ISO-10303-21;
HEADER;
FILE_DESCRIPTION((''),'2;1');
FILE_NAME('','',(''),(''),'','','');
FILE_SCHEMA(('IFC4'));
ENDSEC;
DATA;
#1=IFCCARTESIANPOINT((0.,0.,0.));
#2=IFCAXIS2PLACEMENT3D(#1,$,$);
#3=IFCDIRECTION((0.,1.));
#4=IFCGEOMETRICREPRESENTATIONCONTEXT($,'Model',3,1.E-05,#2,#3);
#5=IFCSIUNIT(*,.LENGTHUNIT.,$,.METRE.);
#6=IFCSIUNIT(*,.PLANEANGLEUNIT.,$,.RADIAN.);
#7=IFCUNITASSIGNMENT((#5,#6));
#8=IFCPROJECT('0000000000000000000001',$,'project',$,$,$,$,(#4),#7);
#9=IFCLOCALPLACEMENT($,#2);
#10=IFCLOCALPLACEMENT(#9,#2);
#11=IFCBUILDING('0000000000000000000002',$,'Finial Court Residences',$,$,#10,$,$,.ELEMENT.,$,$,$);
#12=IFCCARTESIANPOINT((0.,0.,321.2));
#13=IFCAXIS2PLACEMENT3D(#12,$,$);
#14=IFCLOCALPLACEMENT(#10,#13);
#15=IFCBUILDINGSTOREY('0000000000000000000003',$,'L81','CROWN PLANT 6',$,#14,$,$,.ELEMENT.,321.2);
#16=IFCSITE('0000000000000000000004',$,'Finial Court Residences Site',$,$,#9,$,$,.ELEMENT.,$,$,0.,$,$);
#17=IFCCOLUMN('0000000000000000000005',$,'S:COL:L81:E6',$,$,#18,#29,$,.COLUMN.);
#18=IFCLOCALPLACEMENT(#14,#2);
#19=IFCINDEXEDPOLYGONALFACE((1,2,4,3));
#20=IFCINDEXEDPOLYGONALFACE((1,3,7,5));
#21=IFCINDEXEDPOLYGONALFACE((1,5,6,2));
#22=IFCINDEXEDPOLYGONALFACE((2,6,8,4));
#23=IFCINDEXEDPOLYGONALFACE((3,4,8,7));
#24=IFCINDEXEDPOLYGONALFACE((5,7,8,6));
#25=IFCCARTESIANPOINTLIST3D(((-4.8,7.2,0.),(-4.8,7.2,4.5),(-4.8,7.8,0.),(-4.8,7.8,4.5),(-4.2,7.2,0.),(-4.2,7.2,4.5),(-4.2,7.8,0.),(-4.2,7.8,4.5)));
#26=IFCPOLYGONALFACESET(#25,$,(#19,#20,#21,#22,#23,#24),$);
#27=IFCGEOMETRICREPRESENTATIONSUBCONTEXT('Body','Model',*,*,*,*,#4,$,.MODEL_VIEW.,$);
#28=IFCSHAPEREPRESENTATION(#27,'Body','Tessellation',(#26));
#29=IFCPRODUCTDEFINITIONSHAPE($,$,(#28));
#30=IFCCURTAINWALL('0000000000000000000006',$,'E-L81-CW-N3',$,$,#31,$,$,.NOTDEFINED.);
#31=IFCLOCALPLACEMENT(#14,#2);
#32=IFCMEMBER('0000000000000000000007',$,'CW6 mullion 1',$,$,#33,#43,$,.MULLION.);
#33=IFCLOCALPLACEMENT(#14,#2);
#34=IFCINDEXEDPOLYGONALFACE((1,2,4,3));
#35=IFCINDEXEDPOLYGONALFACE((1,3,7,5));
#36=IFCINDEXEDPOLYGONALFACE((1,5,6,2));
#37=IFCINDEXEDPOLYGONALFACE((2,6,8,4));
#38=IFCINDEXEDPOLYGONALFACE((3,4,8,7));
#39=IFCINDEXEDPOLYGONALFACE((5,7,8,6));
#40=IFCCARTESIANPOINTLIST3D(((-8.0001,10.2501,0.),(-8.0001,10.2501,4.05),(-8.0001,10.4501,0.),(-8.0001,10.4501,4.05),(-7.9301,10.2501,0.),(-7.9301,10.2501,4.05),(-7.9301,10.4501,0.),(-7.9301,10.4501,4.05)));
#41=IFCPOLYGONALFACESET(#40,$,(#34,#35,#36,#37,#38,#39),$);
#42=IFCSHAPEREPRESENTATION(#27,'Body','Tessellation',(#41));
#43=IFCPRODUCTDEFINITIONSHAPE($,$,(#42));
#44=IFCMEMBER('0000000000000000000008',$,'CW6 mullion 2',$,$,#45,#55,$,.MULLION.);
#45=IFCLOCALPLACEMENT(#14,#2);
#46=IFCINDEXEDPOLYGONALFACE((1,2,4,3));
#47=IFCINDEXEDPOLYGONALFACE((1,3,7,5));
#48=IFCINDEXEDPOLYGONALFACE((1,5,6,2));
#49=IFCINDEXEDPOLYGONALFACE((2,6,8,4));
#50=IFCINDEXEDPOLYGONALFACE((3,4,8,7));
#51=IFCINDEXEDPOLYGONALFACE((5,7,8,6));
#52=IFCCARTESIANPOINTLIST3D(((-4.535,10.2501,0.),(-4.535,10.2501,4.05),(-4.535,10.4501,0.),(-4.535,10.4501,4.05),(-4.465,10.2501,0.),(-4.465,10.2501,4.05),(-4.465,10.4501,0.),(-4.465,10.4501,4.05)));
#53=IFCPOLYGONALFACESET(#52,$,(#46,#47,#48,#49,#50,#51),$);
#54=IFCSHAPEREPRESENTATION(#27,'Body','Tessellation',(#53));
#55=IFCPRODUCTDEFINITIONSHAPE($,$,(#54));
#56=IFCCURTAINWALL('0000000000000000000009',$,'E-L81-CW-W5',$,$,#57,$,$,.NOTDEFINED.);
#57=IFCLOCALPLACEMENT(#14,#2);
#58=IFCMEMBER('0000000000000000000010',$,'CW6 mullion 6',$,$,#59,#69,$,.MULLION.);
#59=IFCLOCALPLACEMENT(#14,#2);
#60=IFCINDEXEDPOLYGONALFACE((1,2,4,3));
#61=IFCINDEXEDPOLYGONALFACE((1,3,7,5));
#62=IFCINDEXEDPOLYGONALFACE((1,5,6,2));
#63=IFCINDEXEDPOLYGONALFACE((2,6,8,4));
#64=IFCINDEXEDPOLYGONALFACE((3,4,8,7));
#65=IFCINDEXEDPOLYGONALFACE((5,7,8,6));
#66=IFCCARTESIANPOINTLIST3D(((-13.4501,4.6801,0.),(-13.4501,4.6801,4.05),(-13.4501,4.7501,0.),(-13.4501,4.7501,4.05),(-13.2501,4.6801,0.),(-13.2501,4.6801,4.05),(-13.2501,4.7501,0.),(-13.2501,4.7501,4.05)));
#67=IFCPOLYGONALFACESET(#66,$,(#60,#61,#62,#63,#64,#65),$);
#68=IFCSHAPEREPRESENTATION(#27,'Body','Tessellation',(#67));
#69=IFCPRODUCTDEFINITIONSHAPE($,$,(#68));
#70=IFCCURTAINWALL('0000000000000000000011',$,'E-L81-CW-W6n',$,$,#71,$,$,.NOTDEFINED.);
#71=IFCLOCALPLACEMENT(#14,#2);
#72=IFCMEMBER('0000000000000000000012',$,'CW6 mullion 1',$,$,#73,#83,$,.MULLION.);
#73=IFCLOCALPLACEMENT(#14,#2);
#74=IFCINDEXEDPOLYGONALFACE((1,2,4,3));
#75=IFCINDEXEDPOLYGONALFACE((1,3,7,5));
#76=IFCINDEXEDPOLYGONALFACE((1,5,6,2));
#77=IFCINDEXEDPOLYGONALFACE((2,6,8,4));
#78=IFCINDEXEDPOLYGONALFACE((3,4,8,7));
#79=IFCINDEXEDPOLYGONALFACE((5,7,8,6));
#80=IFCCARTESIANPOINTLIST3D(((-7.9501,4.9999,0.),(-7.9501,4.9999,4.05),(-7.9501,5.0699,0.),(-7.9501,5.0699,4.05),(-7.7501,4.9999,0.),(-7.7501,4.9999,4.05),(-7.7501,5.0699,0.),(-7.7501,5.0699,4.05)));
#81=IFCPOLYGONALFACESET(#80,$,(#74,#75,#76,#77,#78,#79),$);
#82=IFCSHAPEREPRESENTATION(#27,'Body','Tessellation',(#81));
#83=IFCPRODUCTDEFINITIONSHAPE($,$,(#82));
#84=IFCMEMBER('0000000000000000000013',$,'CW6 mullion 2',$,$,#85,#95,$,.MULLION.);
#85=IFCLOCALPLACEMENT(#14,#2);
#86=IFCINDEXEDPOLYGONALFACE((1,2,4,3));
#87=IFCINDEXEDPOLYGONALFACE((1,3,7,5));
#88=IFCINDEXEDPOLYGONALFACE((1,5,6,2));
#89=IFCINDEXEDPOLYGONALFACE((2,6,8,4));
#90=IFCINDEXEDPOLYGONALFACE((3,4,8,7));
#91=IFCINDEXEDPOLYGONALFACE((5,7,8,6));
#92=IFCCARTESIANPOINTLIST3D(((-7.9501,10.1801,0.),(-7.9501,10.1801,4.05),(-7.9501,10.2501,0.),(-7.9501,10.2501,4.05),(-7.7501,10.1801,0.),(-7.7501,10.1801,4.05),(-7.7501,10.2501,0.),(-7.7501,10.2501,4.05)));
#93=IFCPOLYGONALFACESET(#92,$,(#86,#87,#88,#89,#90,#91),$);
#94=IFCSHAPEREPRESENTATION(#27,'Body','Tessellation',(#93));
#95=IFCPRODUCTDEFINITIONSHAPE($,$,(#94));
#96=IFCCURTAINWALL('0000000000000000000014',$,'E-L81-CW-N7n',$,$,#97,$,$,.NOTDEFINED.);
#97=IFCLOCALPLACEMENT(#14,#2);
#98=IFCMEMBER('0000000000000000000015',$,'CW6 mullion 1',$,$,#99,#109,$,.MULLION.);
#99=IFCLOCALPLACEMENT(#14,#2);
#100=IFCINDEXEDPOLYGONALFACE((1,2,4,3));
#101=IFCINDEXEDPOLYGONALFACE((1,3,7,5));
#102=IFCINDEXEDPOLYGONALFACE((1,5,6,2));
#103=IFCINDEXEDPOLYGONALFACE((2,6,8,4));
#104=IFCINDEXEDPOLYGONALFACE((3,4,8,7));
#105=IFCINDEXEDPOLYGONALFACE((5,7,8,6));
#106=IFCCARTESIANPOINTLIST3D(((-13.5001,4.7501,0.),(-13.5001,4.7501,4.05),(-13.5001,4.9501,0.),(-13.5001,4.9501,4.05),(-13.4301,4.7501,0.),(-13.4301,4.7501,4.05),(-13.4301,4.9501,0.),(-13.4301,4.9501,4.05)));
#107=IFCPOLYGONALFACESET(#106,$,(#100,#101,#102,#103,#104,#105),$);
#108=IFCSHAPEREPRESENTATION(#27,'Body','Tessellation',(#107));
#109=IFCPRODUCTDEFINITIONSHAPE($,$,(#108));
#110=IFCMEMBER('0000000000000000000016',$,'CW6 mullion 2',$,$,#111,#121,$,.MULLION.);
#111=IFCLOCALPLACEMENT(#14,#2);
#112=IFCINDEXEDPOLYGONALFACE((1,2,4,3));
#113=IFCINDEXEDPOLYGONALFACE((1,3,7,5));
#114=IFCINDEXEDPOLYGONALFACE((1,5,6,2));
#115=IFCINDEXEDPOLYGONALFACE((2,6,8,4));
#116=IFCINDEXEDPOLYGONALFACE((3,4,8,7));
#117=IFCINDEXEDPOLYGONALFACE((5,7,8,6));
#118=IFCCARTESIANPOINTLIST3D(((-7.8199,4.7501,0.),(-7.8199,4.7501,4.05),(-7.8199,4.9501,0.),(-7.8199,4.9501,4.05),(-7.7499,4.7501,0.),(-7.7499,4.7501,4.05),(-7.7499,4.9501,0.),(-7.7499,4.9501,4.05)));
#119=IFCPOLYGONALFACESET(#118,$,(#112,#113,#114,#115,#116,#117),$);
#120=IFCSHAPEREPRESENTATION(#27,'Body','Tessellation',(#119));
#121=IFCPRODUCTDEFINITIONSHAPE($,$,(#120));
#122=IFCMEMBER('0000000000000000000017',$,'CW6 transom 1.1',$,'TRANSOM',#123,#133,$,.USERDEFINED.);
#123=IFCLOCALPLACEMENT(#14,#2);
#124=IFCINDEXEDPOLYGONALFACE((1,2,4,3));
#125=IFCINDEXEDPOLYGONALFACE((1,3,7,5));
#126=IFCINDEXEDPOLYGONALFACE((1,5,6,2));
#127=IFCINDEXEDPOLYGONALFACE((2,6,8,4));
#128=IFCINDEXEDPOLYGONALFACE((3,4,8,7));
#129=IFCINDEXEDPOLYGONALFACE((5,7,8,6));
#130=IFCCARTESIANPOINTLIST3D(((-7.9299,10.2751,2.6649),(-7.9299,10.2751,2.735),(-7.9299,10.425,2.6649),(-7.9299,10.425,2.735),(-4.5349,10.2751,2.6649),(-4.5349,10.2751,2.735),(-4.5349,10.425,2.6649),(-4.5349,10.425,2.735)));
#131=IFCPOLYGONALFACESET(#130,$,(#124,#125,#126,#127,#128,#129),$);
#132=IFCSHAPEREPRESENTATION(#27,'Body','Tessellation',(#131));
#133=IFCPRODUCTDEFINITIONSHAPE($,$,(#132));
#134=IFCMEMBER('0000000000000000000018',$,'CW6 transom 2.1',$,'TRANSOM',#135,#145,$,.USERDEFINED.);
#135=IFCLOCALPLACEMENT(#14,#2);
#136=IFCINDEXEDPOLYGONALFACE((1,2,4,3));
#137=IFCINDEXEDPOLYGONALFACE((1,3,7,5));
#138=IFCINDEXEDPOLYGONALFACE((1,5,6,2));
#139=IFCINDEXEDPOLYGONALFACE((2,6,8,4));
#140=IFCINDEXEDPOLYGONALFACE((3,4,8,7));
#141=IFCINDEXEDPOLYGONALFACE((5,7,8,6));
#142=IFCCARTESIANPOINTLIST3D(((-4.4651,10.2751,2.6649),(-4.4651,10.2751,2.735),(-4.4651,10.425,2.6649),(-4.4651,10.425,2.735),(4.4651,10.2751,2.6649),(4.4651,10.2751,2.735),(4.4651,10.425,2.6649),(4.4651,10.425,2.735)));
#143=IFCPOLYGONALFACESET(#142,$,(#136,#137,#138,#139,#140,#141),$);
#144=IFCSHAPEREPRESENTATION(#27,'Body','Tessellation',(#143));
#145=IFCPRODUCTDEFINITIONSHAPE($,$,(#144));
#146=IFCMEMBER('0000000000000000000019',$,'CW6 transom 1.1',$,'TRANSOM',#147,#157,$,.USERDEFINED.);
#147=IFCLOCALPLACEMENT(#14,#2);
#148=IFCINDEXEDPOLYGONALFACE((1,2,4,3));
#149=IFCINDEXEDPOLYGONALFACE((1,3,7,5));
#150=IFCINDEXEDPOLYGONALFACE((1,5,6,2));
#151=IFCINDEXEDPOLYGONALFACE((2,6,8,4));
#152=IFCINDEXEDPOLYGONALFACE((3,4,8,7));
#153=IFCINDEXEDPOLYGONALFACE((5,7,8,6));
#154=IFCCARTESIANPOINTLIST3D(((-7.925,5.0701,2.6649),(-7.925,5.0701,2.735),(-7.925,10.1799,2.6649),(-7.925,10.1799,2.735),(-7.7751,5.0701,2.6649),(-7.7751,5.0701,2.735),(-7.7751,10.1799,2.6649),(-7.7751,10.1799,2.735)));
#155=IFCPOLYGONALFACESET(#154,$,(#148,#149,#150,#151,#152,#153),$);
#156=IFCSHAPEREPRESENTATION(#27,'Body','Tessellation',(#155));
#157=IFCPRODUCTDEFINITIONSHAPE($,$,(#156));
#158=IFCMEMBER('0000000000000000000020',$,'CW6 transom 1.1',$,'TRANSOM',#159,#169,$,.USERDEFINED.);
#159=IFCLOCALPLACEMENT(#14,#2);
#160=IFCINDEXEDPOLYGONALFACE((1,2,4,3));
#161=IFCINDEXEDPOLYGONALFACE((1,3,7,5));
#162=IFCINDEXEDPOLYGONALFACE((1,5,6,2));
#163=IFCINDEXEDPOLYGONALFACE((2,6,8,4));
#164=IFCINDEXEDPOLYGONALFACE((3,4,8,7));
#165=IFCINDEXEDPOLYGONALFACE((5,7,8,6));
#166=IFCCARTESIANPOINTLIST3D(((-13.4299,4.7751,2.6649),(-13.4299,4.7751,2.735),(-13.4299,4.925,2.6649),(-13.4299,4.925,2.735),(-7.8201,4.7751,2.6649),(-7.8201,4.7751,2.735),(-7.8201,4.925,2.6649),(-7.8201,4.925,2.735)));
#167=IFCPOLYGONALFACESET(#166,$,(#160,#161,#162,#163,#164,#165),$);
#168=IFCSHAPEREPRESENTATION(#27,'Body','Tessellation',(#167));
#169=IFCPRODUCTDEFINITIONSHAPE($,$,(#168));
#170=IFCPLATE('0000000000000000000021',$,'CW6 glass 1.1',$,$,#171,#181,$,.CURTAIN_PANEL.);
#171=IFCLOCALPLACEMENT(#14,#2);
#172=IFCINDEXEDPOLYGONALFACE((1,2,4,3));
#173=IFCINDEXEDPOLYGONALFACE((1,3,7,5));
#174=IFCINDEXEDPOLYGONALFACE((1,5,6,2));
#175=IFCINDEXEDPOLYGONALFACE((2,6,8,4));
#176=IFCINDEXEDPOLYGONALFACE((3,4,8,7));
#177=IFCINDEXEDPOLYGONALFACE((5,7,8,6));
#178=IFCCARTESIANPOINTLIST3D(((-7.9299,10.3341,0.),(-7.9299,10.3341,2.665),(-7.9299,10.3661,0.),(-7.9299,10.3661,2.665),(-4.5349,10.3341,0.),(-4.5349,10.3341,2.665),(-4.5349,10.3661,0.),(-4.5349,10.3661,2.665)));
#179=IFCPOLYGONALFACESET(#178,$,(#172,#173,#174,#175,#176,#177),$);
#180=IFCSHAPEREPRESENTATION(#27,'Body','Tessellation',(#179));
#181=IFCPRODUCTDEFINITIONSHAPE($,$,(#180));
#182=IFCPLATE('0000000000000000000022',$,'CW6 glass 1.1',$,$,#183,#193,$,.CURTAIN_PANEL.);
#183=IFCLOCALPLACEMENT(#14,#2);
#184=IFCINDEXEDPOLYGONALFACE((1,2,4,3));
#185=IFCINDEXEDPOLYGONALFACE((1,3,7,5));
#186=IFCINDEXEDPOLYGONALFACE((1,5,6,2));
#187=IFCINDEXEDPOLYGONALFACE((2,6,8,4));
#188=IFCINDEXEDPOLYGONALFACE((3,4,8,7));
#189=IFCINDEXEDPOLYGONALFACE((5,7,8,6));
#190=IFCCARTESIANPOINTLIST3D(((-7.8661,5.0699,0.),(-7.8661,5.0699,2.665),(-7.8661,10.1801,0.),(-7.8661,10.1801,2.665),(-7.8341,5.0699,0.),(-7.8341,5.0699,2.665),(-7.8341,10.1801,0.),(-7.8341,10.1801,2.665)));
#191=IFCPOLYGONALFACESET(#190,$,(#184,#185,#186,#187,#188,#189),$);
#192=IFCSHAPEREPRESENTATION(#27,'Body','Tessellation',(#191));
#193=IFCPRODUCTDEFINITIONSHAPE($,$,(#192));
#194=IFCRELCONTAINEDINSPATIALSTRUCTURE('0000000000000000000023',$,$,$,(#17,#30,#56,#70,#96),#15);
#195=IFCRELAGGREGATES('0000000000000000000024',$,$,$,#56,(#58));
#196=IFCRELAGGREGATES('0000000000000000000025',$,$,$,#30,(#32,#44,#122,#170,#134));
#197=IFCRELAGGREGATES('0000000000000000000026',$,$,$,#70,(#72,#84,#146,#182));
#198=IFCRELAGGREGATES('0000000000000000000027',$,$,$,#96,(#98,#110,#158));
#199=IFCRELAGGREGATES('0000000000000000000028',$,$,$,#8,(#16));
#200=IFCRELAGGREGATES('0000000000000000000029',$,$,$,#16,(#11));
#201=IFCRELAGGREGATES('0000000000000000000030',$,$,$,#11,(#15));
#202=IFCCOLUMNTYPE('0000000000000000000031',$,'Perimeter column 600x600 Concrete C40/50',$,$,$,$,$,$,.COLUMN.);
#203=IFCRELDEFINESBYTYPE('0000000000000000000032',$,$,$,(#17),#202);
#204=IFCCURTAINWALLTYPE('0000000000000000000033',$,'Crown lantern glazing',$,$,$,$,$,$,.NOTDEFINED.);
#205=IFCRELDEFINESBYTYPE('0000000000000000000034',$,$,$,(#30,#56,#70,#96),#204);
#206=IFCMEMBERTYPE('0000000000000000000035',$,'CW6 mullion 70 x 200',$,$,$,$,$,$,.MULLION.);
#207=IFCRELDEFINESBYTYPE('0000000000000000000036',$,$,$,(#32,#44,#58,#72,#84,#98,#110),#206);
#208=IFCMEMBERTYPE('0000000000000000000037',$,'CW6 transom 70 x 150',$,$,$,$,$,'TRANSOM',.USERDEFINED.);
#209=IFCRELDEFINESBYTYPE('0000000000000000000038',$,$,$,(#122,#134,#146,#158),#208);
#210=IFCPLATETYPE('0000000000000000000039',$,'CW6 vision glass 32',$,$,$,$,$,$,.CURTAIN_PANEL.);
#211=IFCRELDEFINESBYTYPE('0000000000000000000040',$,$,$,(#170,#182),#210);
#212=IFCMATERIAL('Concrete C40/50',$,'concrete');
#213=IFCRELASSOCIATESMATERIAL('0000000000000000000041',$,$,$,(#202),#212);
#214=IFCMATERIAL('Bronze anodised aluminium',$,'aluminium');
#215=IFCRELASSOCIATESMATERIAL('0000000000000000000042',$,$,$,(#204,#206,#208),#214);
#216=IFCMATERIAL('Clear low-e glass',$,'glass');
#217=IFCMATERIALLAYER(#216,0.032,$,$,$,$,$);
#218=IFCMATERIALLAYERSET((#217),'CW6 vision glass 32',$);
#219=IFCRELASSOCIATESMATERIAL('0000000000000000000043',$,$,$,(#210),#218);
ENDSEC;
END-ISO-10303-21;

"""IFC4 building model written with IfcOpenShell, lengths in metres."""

from ifc_helpers import new_model, si_unit, direction, frame, origin, origin_2d, place, context, subcontext, project, spatial, rectangle, extrude, material, layer, layer_set, material_profile, profile_set, type_object, element, aggregate, save


model = new_model("IFC4")

# Units and contexts
model_context = context("Model", 3, precision=1e-05, world=origin(), true_north=direction((0.0, 1.0)))
body_context = subcontext(model_context, "Body", "Model", "MODEL_VIEW")
ifc_project = project(units=[si_unit("LENGTHUNIT", "METRE"), si_unit("PLANEANGLEUNIT", "RADIAN")], contexts=[model_context])

# Site, building, storey
site_placement = place(None, origin())
site = spatial("IfcSite", under=ifc_project, at=site_placement, Name="Finial Court Residences Site", CompositionType="ELEMENT", RefElevation=0.0)
building_placement = place(site_placement, origin())
building = spatial("IfcBuilding", under=site, at=building_placement, Name="Finial Court Residences", CompositionType="ELEMENT")
storey_placement = place(building_placement, frame((0.0, 0.0, 321.2)))
storey = spatial("IfcBuildingStorey", under=building, at=storey_placement, Name="L81", Description="CROWN PLANT 6", CompositionType="ELEMENT", Elevation=321.2)

# Column
ifc_material_1 = material(Name="Concrete C40/50", Category="concrete")
ifc_material_profile_1 = material_profile(ifc_material_1, rectangle(XDim=0.6001, YDim=0.6001, at=origin_2d()), Name="600x600")
ifc_profile_set_1 = profile_set([ifc_material_profile_1], Name="Concrete C40/50")
column_type = type_object("IfcColumnType", Name="Perimeter column 600x600 Concrete C40/50", PredefinedType="COLUMN", material=ifc_profile_set_1)
column_placement = place(storey_placement, frame((-4.5, 7.5, 0.0), z_axis=(0.0, 0.0, 1.0), x_axis=(1.0, 0.0, 0.0)))
element("IfcColumn", 1, at=column_placement, inside=storey, type_object=column_type, Name="S:COL:L81:E6", PredefinedType="COLUMN", context=body_context, shape_type="SweptSolid", body=[
    extrude(rectangle(XDim=0.6001, YDim=0.6001, at=origin_2d()), origin(), (0.0, 0.0, 1.0), 4.5),
])

# Curtain wall, members
ifc_material_2 = material(Name="Bronze anodised aluminium", Category="aluminium")
curtain_wall_type = type_object("IfcCurtainWallType", Name="Crown lantern glazing", PredefinedType="NOTDEFINED", material=ifc_material_2)
curtain_wall_1_placement = place(storey_placement, origin())
curtain_wall_1 = element("IfcCurtainWall", 2, at=curtain_wall_1_placement, inside=storey, type_object=curtain_wall_type, Name="E-L81-CW-N3", PredefinedType="NOTDEFINED")
ifc_material_profile_2 = material_profile(ifc_material_2, rectangle(XDim=0.2, YDim=0.0701, at=origin_2d()), Name="CW6 mullion 70 x 200")
ifc_profile_set_2 = profile_set([ifc_material_profile_2], Name="Bronze anodised aluminium")
member_type_1 = type_object("IfcMemberType", Name="CW6 mullion 70 x 200", PredefinedType="MULLION", material=ifc_profile_set_2)
member_1_placement = place(storey_placement, frame((-7.9651, 10.3501, 0.0), z_axis=(0.0, 0.0, 1.0), x_axis=(0.0, 1.0, 0.0)))
member_1 = element("IfcMember", 3, at=member_1_placement, type_object=member_type_1, Name="CW6 mullion 1", PredefinedType="MULLION", context=body_context, shape_type="SweptSolid", body=[
    extrude(rectangle(XDim=0.2, YDim=0.0701, at=origin_2d()), origin(), (0.0, 0.0, 1.0), 4.05),
])
member_2_placement = place(storey_placement, frame((-4.5, 10.3501, 0.0), z_axis=(0.0, 0.0, 1.0), x_axis=(0.0, 1.0, 0.0)))
member_2 = element("IfcMember", 4, at=member_2_placement, type_object=member_type_1, Name="CW6 mullion 2", PredefinedType="MULLION", context=body_context, shape_type="SweptSolid", body=[
    extrude(rectangle(XDim=0.2, YDim=0.0701, at=origin_2d()), origin(), (0.0, 0.0, 1.0), 4.05),
])

# Curtain wall, member
curtain_wall_2_placement = place(storey_placement, origin())
curtain_wall_2 = element("IfcCurtainWall", 5, at=curtain_wall_2_placement, inside=storey, type_object=curtain_wall_type, Name="E-L81-CW-W5", PredefinedType="NOTDEFINED")
member_3_placement = place(storey_placement, frame((-13.3501, 4.7151, 0.0), z_axis=(0.0, 0.0, 1.0), x_axis=(-1.0, 0.0, 0.0)))
member_3 = element("IfcMember", 6, at=member_3_placement, type_object=member_type_1, Name="CW6 mullion 6", PredefinedType="MULLION", context=body_context, shape_type="SweptSolid", body=[
    extrude(rectangle(XDim=0.2, YDim=0.0701, at=origin_2d()), origin(), (0.0, 0.0, 1.0), 4.05),
])
aggregate(curtain_wall_2, [member_3])

# Curtain walls, members
curtain_wall_3_placement = place(storey_placement, origin())
curtain_wall_3 = element("IfcCurtainWall", 7, at=curtain_wall_3_placement, inside=storey, type_object=curtain_wall_type, Name="E-L81-CW-W6n", PredefinedType="NOTDEFINED")
member_4_placement = place(storey_placement, frame((-7.8501, 5.0349, 0.0), z_axis=(0.0, 0.0, 1.0), x_axis=(-1.0, 0.0, 0.0)))
member_4 = element("IfcMember", 8, at=member_4_placement, type_object=member_type_1, Name="CW6 mullion 1", PredefinedType="MULLION", context=body_context, shape_type="SweptSolid", body=[
    extrude(rectangle(XDim=0.2, YDim=0.0701, at=origin_2d()), origin(), (0.0, 0.0, 1.0), 4.05),
])
member_5_placement = place(storey_placement, frame((-7.8501, 10.2151, 0.0), z_axis=(0.0, 0.0, 1.0), x_axis=(-1.0, 0.0, 0.0)))
member_5 = element("IfcMember", 9, at=member_5_placement, type_object=member_type_1, Name="CW6 mullion 2", PredefinedType="MULLION", context=body_context, shape_type="SweptSolid", body=[
    extrude(rectangle(XDim=0.2, YDim=0.0701, at=origin_2d()), origin(), (0.0, 0.0, 1.0), 4.05),
])
curtain_wall_4_placement = place(storey_placement, origin())
curtain_wall_4 = element("IfcCurtainWall", 10, at=curtain_wall_4_placement, inside=storey, type_object=curtain_wall_type, Name="E-L81-CW-N7n", PredefinedType="NOTDEFINED")
member_6_placement = place(storey_placement, frame((-13.4651, 4.8501, 0.0), z_axis=(0.0, 0.0, 1.0), x_axis=(0.0, 1.0, 0.0)))
member_6 = element("IfcMember", 11, at=member_6_placement, type_object=member_type_1, Name="CW6 mullion 1", PredefinedType="MULLION", context=body_context, shape_type="SweptSolid", body=[
    extrude(rectangle(XDim=0.2, YDim=0.0701, at=origin_2d()), origin(), (0.0, 0.0, 1.0), 4.05),
])
member_7_placement = place(storey_placement, frame((-7.7849, 4.8501, 0.0), z_axis=(0.0, 0.0, 1.0), x_axis=(0.0, 1.0, 0.0)))
member_7 = element("IfcMember", 12, at=member_7_placement, type_object=member_type_1, Name="CW6 mullion 2", PredefinedType="MULLION", context=body_context, shape_type="SweptSolid", body=[
    extrude(rectangle(XDim=0.2, YDim=0.0701, at=origin_2d()), origin(), (0.0, 0.0, 1.0), 4.05),
])

# Members
ifc_material_profile_3 = material_profile(ifc_material_2, rectangle(XDim=0.1499, YDim=0.0701, at=origin_2d()), Name="CW6 transom 70 x 150")
ifc_profile_set_3 = profile_set([ifc_material_profile_3], Name="Bronze anodised aluminium")
member_type_2 = type_object("IfcMemberType", Name="CW6 transom 70 x 150", ElementType="TRANSOM", PredefinedType="USERDEFINED", material=ifc_profile_set_3)
member_8_placement = place(storey_placement, frame((-7.9299, 10.3501, 2.7), z_axis=(1.0, 0.0, 0.0), x_axis=(0.0, 1.0, 0.0)))
member_8 = element("IfcMember", 13, at=member_8_placement, type_object=member_type_2, Name="CW6 transom 1.1", ObjectType="TRANSOM", PredefinedType="USERDEFINED", context=body_context, shape_type="SweptSolid", body=[
    extrude(rectangle(XDim=0.1499, YDim=0.0701, at=origin_2d()), origin(), (0.0, 0.0, 1.0), 3.395),
])
member_9_placement = place(storey_placement, frame((-4.4651, 10.3501, 2.7), z_axis=(1.0, 0.0, 0.0), x_axis=(0.0, 1.0, 0.0)))
member_9 = element("IfcMember", 14, at=member_9_placement, type_object=member_type_2, Name="CW6 transom 2.1", ObjectType="TRANSOM", PredefinedType="USERDEFINED", context=body_context, shape_type="SweptSolid", body=[
    extrude(rectangle(XDim=0.1499, YDim=0.0701, at=origin_2d()), origin(), (0.0, 0.0, 1.0), 8.9302),
])
member_10_placement = place(storey_placement, frame((-7.8501, 5.0701, 2.7), z_axis=(0.0, 1.0, 0.0), x_axis=(-1.0, 0.0, 0.0)))
member_10 = element("IfcMember", 15, at=member_10_placement, type_object=member_type_2, Name="CW6 transom 1.1", ObjectType="TRANSOM", PredefinedType="USERDEFINED", context=body_context, shape_type="SweptSolid", body=[
    extrude(rectangle(XDim=0.1499, YDim=0.0701, at=origin_2d()), origin(), (0.0, 0.0, 1.0), 5.1099),
])
member_11_placement = place(storey_placement, frame((-13.4299, 4.8501, 2.7), z_axis=(1.0, 0.0, 0.0), x_axis=(0.0, 1.0, 0.0)))
member_11 = element("IfcMember", 16, at=member_11_placement, type_object=member_type_2, Name="CW6 transom 1.1", ObjectType="TRANSOM", PredefinedType="USERDEFINED", context=body_context, shape_type="SweptSolid", body=[
    extrude(rectangle(XDim=0.1499, YDim=0.0701, at=origin_2d()), origin(), (0.0, 0.0, 1.0), 5.6099),
])

# Plates
ifc_material_3 = material(Name="Clear low-e glass", Category="glass")
ifc_layer_1 = layer(ifc_material_3, 0.032)
ifc_layer_set_1 = layer_set([ifc_layer_1], Name="CW6 vision glass 32")
plate_type = type_object("IfcPlateType", Name="CW6 vision glass 32", PredefinedType="CURTAIN_PANEL", material=ifc_layer_set_1)
plate_1_placement = place(storey_placement, frame((-6.2324, 10.3501, 0.0), z_axis=(0.0, 0.0, 1.0), x_axis=(1.0, 0.0, 0.0)))
plate_1 = element("IfcPlate", 17, at=plate_1_placement, type_object=plate_type, Name="CW6 glass 1.1", PredefinedType="CURTAIN_PANEL", context=body_context, shape_type="SweptSolid", body=[
    extrude(rectangle(XDim=3.395, YDim=0.032, at=origin_2d()), origin(), (0.0, 0.0, 1.0), 2.665),
])
plate_2_placement = place(storey_placement, frame((-7.8501, 7.625, 0.0), z_axis=(0.0, 0.0, 1.0), x_axis=(0.0, 1.0, 0.0)))
plate_2 = element("IfcPlate", 18, at=plate_2_placement, type_object=plate_type, Name="CW6 glass 1.1", PredefinedType="CURTAIN_PANEL", context=body_context, shape_type="SweptSolid", body=[
    extrude(rectangle(XDim=5.1101, YDim=0.032, at=origin_2d()), origin(), (0.0, 0.0, 1.0), 2.665),
])

aggregate(curtain_wall_1, [member_1, member_2, member_8, plate_1, member_9])
aggregate(curtain_wall_3, [member_4, member_5, member_10, plate_2])
aggregate(curtain_wall_4, [member_6, member_7, member_11])

save(model, "model.ifc")
